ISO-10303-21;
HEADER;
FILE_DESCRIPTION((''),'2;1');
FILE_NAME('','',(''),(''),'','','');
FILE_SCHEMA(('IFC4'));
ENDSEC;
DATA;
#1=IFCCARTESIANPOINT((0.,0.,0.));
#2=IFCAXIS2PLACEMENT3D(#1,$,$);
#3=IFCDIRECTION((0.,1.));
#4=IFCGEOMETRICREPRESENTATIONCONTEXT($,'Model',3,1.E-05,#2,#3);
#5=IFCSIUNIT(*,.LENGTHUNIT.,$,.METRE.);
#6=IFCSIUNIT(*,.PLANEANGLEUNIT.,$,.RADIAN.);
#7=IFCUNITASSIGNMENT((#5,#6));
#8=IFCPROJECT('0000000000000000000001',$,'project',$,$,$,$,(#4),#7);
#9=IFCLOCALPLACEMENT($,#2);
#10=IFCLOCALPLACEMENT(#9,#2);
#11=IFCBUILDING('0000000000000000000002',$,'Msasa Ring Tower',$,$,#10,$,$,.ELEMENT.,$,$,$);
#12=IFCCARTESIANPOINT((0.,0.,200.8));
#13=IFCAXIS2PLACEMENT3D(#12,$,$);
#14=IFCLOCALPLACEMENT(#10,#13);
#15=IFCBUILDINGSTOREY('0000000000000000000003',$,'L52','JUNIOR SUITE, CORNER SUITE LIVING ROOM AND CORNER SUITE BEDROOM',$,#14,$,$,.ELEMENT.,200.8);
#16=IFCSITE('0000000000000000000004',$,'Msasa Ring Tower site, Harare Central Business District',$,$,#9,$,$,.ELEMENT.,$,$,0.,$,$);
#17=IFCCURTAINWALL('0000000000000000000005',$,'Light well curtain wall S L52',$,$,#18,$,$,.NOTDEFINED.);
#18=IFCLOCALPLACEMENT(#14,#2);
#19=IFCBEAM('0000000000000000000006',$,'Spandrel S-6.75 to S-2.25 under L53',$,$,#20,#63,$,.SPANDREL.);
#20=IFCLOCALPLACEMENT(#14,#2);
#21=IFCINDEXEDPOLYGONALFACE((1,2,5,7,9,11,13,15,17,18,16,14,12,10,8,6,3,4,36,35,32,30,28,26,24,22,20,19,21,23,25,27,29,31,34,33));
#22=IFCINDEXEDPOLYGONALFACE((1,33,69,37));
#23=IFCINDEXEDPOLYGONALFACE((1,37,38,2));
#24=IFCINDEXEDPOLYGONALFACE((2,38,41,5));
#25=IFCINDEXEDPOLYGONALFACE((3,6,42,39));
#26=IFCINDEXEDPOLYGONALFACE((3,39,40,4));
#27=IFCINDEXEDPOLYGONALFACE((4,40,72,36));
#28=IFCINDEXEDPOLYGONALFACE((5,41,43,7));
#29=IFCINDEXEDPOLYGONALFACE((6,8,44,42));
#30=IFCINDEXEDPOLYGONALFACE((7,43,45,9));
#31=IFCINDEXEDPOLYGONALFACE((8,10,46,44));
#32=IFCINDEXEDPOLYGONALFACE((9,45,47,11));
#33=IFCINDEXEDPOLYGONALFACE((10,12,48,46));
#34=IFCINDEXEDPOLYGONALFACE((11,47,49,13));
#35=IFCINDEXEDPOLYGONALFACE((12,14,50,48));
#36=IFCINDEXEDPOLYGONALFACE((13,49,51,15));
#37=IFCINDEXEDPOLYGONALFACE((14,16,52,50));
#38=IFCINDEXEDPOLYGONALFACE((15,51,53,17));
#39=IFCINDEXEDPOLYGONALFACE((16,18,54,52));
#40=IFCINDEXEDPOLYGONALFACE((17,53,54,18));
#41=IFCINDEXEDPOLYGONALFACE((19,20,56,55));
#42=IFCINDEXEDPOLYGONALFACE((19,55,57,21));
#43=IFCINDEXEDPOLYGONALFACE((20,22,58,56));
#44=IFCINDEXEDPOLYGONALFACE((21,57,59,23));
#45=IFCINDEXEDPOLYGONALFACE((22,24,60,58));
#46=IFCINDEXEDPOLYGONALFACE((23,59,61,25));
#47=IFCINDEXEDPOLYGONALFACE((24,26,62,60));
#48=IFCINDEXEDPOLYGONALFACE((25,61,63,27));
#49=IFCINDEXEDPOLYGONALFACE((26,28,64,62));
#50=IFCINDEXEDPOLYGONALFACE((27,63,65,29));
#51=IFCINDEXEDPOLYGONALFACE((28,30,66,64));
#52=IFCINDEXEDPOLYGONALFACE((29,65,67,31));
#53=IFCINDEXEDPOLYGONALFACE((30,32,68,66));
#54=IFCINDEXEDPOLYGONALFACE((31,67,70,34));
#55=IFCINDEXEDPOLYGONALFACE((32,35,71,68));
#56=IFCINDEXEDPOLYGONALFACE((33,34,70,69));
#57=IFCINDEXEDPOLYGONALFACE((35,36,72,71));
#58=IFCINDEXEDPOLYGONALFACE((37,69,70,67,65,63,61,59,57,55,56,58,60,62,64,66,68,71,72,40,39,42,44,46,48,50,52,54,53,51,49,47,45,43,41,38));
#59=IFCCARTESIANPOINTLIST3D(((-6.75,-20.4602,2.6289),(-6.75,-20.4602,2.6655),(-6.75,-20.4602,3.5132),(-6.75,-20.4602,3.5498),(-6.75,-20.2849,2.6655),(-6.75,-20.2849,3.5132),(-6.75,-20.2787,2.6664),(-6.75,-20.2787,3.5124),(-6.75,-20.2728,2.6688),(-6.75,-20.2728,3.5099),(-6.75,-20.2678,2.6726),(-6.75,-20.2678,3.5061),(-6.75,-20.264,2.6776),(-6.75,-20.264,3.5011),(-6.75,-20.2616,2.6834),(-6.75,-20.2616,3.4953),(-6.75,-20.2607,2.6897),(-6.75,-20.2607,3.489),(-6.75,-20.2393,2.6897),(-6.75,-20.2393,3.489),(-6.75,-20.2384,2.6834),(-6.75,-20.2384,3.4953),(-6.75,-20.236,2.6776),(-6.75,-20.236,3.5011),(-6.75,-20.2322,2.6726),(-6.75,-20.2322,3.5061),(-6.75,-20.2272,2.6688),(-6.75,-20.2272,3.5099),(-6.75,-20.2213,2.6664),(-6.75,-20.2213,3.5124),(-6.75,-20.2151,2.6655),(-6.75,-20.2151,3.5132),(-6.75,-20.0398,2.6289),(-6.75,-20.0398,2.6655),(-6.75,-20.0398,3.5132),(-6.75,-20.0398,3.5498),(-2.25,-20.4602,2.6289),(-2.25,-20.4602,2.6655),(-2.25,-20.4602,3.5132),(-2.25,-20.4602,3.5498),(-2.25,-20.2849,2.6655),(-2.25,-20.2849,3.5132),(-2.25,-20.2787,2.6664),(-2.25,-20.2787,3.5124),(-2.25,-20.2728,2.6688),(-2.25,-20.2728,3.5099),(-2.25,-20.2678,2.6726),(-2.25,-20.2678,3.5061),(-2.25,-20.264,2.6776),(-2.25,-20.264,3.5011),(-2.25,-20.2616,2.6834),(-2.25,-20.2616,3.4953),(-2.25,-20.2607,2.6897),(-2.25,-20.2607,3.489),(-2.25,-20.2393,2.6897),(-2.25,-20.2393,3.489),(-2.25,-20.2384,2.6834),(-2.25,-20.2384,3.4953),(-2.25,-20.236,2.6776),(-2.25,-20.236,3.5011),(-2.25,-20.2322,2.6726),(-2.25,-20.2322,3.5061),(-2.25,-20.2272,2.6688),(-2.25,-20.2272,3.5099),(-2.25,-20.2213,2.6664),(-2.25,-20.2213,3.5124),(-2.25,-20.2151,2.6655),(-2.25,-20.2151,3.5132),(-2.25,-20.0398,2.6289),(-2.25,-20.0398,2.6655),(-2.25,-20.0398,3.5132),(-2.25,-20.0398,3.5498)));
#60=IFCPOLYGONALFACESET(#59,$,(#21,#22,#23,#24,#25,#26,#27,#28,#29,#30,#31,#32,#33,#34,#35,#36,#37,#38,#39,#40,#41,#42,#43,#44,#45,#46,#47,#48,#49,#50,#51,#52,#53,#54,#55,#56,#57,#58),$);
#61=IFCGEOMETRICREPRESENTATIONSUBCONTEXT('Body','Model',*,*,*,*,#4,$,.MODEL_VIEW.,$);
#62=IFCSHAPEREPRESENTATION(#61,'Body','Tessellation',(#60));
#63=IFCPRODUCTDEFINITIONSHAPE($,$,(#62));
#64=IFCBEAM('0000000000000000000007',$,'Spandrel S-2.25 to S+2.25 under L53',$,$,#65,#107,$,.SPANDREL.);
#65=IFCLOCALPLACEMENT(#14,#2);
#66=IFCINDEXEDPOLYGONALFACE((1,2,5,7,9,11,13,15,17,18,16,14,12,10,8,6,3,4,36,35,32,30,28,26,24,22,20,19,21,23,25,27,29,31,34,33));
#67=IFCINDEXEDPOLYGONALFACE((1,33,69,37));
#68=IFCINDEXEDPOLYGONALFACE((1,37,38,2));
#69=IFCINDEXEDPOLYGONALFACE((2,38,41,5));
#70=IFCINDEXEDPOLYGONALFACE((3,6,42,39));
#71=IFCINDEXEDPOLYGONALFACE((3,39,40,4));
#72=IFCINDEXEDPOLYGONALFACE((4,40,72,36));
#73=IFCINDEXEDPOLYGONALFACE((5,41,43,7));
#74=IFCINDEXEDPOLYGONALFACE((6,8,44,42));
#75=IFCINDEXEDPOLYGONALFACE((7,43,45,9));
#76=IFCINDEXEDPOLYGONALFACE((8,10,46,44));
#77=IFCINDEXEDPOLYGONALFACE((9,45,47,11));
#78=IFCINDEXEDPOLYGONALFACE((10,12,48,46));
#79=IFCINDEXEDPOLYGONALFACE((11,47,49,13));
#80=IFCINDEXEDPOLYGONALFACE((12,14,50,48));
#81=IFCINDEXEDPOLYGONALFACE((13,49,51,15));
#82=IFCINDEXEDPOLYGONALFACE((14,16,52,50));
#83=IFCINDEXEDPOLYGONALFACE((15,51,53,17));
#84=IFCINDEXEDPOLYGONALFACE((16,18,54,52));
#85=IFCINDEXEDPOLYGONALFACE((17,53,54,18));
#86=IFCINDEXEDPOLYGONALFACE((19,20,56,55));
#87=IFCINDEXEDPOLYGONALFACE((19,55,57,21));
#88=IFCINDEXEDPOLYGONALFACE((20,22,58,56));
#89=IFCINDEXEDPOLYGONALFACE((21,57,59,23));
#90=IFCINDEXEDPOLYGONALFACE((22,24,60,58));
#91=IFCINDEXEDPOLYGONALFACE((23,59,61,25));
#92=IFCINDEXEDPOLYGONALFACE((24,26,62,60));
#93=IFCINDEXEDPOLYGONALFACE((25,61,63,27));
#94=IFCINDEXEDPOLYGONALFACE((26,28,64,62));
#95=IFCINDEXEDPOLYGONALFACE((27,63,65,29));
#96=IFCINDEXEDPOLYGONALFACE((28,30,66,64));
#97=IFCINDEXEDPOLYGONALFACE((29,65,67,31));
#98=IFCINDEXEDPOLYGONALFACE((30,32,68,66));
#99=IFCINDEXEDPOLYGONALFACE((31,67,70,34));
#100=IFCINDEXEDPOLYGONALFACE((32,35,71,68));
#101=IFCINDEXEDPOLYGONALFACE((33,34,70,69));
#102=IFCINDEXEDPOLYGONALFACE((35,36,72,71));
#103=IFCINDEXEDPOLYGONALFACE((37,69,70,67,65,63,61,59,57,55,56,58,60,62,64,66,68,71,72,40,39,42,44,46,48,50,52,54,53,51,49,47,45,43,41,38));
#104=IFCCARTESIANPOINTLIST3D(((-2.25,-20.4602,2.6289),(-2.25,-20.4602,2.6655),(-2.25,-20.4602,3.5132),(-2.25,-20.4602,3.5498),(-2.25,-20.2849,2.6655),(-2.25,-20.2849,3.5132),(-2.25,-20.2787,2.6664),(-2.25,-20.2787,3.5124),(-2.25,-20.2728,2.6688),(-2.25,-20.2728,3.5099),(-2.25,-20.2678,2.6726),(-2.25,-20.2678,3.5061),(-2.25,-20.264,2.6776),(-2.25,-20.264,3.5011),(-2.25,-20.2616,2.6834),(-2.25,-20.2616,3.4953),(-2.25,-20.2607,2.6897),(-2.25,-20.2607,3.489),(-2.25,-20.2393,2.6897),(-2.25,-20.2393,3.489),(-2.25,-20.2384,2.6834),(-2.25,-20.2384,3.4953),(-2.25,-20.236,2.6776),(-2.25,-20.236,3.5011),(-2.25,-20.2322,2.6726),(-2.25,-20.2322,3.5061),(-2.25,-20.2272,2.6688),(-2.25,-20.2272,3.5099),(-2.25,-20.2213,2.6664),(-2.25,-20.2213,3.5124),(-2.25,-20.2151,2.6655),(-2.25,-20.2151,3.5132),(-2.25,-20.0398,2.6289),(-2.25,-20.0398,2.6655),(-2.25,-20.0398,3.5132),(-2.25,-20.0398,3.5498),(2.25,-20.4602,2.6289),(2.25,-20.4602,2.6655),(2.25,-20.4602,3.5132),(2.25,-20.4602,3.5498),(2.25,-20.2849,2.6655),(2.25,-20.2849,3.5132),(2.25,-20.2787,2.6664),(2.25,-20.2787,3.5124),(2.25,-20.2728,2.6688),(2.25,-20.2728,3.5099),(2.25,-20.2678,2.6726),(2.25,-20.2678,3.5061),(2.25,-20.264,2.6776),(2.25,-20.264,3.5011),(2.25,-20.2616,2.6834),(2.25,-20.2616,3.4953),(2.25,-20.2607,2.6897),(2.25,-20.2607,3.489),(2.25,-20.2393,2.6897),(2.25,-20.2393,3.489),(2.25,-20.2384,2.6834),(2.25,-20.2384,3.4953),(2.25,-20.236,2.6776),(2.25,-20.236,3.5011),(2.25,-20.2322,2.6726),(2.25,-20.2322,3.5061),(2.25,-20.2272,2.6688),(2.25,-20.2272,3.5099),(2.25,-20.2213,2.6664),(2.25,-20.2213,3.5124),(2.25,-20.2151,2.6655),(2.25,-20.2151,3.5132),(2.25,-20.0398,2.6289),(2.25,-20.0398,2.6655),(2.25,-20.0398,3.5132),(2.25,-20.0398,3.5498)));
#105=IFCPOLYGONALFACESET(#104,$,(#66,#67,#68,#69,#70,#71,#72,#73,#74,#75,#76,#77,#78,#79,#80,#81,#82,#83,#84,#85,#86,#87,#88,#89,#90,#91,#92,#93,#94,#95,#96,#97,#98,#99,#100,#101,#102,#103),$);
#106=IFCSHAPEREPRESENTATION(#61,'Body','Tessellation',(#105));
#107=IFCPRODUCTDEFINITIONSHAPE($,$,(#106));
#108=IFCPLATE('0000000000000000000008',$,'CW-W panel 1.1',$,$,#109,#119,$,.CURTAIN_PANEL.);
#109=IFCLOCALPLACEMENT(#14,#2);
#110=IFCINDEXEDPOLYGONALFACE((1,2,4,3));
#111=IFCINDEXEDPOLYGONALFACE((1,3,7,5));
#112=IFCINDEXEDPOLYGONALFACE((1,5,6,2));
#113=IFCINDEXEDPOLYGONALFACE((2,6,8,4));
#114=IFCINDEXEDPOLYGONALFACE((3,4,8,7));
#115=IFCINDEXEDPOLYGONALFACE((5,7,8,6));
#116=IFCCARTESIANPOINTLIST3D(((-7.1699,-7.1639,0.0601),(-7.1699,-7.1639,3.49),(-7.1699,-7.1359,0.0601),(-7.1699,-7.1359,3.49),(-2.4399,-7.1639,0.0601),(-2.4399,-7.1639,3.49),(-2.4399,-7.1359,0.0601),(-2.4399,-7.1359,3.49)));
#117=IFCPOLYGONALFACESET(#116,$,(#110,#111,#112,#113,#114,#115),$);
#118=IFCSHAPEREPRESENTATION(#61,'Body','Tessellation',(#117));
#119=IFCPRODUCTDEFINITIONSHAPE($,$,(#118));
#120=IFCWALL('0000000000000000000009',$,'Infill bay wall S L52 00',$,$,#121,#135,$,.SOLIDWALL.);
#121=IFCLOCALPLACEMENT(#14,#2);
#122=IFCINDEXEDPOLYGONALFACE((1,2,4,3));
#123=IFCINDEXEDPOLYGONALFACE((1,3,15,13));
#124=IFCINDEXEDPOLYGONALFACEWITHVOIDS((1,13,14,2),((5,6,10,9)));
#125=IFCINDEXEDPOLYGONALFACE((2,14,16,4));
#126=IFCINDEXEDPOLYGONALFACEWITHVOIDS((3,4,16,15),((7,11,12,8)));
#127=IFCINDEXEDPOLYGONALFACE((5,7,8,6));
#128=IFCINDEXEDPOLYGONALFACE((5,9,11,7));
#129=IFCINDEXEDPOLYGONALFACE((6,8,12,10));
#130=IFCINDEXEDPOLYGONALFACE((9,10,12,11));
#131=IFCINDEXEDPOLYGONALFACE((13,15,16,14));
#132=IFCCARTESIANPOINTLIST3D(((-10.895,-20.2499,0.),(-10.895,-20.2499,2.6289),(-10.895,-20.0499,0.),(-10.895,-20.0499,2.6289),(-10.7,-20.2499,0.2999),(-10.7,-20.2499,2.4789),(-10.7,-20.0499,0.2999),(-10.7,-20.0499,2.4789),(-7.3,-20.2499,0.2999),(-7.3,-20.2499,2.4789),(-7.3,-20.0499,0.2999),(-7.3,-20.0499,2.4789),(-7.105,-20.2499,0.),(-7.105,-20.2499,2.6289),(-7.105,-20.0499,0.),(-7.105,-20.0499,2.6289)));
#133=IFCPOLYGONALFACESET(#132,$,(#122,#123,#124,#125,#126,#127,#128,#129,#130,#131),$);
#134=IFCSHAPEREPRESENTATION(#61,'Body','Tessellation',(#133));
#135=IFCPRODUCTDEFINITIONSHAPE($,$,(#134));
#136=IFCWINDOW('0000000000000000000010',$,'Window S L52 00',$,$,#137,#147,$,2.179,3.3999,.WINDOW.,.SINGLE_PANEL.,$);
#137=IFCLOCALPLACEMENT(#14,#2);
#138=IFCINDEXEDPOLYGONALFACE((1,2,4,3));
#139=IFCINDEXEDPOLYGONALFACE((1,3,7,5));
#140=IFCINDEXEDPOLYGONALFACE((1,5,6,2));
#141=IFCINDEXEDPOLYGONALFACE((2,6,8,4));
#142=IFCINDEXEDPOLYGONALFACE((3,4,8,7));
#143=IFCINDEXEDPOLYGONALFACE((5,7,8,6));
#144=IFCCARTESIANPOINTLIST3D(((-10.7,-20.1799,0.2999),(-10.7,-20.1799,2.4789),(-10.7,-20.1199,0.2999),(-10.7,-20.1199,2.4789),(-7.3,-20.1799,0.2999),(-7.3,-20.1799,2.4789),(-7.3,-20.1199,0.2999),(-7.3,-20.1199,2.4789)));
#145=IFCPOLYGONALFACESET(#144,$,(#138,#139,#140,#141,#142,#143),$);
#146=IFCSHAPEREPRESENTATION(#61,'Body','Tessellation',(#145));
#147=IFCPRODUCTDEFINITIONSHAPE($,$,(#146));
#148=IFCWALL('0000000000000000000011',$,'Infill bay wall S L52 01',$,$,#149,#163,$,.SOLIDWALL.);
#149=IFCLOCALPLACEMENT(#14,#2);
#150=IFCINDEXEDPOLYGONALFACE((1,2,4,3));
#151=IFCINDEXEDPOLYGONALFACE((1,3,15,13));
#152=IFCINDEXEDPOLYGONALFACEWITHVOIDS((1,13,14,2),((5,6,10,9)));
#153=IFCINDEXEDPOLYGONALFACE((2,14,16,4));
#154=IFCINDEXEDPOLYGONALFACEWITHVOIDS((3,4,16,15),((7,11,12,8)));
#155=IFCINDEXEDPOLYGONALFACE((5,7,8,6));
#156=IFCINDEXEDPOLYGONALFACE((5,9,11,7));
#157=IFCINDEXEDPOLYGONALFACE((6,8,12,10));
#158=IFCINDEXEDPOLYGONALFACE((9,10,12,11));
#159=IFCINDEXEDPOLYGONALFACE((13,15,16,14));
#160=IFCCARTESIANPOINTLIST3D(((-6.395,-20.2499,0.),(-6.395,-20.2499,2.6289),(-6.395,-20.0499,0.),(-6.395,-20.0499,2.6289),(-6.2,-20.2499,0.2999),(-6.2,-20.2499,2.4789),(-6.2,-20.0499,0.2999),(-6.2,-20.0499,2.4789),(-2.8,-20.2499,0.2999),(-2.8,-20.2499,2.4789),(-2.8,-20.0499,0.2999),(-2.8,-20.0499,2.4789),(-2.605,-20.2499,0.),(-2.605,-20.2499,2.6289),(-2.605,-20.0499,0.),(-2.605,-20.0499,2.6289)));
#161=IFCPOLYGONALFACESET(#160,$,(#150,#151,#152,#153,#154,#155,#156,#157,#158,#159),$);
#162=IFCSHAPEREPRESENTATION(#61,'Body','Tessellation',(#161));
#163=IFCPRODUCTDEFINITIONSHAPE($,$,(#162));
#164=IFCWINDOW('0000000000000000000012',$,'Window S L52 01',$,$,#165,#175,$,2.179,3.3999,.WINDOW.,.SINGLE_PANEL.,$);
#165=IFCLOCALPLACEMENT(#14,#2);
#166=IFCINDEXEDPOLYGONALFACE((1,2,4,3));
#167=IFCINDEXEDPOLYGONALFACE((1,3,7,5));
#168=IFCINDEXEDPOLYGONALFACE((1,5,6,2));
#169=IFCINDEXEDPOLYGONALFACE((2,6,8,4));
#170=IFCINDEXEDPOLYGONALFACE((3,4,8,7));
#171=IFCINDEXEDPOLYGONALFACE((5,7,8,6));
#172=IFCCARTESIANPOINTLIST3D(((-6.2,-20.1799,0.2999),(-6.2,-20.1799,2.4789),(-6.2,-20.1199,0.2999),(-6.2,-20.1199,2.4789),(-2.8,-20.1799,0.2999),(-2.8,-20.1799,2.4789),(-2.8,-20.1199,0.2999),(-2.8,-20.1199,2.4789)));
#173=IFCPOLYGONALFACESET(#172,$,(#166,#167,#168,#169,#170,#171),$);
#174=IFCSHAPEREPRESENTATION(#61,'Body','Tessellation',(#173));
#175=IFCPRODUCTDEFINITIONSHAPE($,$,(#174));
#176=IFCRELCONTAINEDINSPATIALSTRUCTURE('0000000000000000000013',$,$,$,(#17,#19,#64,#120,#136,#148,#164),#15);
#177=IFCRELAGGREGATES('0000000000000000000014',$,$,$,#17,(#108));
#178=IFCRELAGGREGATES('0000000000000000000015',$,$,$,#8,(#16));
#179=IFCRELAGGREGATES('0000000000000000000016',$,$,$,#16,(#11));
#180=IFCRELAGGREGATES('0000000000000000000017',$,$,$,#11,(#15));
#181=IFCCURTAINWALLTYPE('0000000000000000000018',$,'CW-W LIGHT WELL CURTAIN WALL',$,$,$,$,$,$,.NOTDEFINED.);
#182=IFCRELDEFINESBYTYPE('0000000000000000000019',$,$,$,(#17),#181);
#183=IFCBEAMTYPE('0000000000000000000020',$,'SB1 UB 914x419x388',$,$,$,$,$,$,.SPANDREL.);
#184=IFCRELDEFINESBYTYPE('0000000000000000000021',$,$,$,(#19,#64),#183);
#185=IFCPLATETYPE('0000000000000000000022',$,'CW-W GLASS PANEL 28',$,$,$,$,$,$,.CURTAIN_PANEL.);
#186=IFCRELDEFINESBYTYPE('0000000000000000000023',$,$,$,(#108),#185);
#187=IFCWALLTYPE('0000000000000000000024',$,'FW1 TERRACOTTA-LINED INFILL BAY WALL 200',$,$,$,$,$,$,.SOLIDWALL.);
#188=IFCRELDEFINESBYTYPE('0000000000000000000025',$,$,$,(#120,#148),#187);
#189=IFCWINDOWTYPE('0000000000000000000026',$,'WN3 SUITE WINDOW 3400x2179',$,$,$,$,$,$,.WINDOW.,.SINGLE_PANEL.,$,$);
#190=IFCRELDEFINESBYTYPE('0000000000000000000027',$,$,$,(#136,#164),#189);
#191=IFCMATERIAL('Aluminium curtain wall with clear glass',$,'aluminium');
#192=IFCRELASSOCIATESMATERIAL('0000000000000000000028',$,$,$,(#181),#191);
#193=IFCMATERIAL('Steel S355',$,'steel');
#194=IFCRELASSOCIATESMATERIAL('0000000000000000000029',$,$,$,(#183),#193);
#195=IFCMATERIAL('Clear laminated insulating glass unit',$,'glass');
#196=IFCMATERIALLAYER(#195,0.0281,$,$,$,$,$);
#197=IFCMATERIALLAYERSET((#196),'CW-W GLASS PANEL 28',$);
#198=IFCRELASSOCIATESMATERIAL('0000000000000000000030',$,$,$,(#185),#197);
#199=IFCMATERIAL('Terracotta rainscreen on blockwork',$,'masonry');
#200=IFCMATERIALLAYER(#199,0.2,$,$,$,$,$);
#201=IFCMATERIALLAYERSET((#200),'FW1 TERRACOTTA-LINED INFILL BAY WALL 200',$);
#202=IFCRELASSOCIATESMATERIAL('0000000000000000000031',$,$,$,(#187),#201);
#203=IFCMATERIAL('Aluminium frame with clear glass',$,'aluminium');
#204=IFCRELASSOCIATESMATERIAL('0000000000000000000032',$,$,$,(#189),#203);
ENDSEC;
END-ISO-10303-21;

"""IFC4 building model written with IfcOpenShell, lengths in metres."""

from ifc_helpers import new_model, si_unit, direction, frame, frame_2d, origin, origin_2d, place, context, subcontext, project, spatial, rectangle, i_section, extrude, material, layer, layer_set, material_profile, profile_set, type_object, element, fill, aggregate, save


model = new_model("IFC4")

# Units and contexts
model_context = context("Model", 3, precision=1e-05, world=origin(), true_north=direction((0.0, 1.0)))
body_context = subcontext(model_context, "Body", "Model", "MODEL_VIEW")
ifc_project = project(units=[si_unit("LENGTHUNIT", "METRE"), si_unit("PLANEANGLEUNIT", "RADIAN")], contexts=[model_context])

# Site, building, storey
site_placement = place(None, origin())
site = spatial("IfcSite", under=ifc_project, at=site_placement, Name="Msasa Ring Tower site, Harare Central Business District", CompositionType="ELEMENT", RefElevation=0.0)
building_placement = place(site_placement, origin())
building = spatial("IfcBuilding", under=site, at=building_placement, Name="Msasa Ring Tower", CompositionType="ELEMENT")
storey_placement = place(building_placement, frame((0.0, 0.0, 200.8)))
storey = spatial("IfcBuildingStorey", under=building, at=storey_placement, Name="L52", Description="JUNIOR SUITE, CORNER SUITE LIVING ROOM AND CORNER SUITE BEDROOM", CompositionType="ELEMENT", Elevation=200.8)

# Curtain wall
ifc_material_1 = material(Name="Aluminium curtain wall with clear glass", Category="aluminium")
curtain_wall_type = type_object("IfcCurtainWallType", Name="CW-W LIGHT WELL CURTAIN WALL", PredefinedType="NOTDEFINED", material=ifc_material_1)
curtain_wall_placement = place(storey_placement, origin())
curtain_wall = element("IfcCurtainWall", 1, at=curtain_wall_placement, inside=storey, type_object=curtain_wall_type, Name="Light well curtain wall S L52", PredefinedType="NOTDEFINED")

# Beams
ifc_material_2 = material(Name="Steel S355", Category="steel")
ifc_material_profile_1 = material_profile(ifc_material_2, i_section(OverallWidth=0.4204, OverallDepth=0.9209, WebThickness=0.0215, FlangeThickness=0.0366, FilletRadius=0.0242, at=origin_2d()), Name="UB 914x419x388")
ifc_profile_set_1 = profile_set([ifc_material_profile_1], Name="Steel S355")
beam_type_1 = type_object("IfcBeamType", Name="SB1 UB 914x419x388", PredefinedType="SPANDREL", material=ifc_profile_set_1)
for number, where, z_axis, x_axis, name in (
    (2, (-6.75, -20.25, 3.0894), (1.0, 0.0, 0.0), (0.0, 1.0, 0.0), "Spandrel S-6.75 to S-2.25 under L53"),
    (3, (-2.25, -20.25, 3.0894), (1.0, 0.0, 0.0), (0.0, 1.0, 0.0), "Spandrel S-2.25 to S+2.25 under L53"),
):
    element("IfcBeam", number, at=place(storey_placement, frame(where, z_axis=z_axis, x_axis=x_axis)), inside=storey, type_object=beam_type_1, Name=name, PredefinedType="SPANDREL", context=body_context, shape_type="SweptSolid", body=[
        extrude(i_section(OverallWidth=0.4204, OverallDepth=0.9209, WebThickness=0.0215, FlangeThickness=0.0366, FilletRadius=0.0242, at=origin_2d()), origin(), (0.0, 0.0, 1.0), 4.5),
    ])

# Plate
ifc_material_3 = material(Name="Clear laminated insulating glass unit", Category="glass")
ifc_layer_1 = layer(ifc_material_3, 0.0281)
ifc_layer_set_1 = layer_set([ifc_layer_1], Name="CW-W GLASS PANEL 28")
plate_type = type_object("IfcPlateType", Name="CW-W GLASS PANEL 28", PredefinedType="CURTAIN_PANEL", material=ifc_layer_set_1)
plate_placement = place(storey_placement, frame((-4.8049, -7.1499, 0.0601), z_axis=(0.0, 0.0, 1.0), x_axis=(1.0, 0.0, 0.0)))
plate = element("IfcPlate", 4, at=plate_placement, type_object=plate_type, Name="CW-W panel 1.1", PredefinedType="CURTAIN_PANEL", context=body_context, shape_type="SweptSolid", body=[
    extrude(rectangle(XDim=4.73, YDim=0.0281, at=origin_2d()), origin(), (0.0, 0.0, 1.0), 3.4299),
])
aggregate(curtain_wall, [plate])

# Walls, openings, windows
ifc_material_4 = material(Name="Terracotta rainscreen on blockwork", Category="masonry")
ifc_layer_2 = layer(ifc_material_4, 0.2)
ifc_layer_set_2 = layer_set([ifc_layer_2], Name="FW1 TERRACOTTA-LINED INFILL BAY WALL 200")
wall_type_1 = type_object("IfcWallType", Name="FW1 TERRACOTTA-LINED INFILL BAY WALL 200", PredefinedType="SOLIDWALL", material=ifc_layer_set_2)
wall_1_placement = place(storey_placement, frame((-10.895, -20.1499, 0.0), z_axis=(0.0, 0.0, 1.0), x_axis=(1.0, 0.0, 0.0)))
wall_1 = element("IfcWall", 5, at=wall_1_placement, inside=storey, type_object=wall_type_1, Name="Infill bay wall S L52 00", PredefinedType="SOLIDWALL", context=body_context, shape_type="SweptSolid", body=[
    extrude(rectangle(XDim=3.79, YDim=0.2, at=frame_2d((1.895, 0.0))), origin(), (0.0, 0.0, 1.0), 2.6289),
])
opening_1_placement = place(wall_1_placement, frame((0.1951, 0.0, 0.3)))
opening_1 = element("IfcOpeningElement", 6, at=opening_1_placement, cuts=wall_1, PredefinedType="OPENING", context=body_context, shape_type="SweptSolid", body=[
    extrude(rectangle(XDim=3.3999, YDim=2.179, at=frame_2d((1.7, 1.0894))), frame((0.0, 0.1099, 0.0), z_axis=(0.0, -1.0, 0.0), x_axis=(1.0, 0.0, 0.0)), (0.0, 0.0, 1.0), 0.22),
])
ifc_material_5 = material(Name="Aluminium frame with clear glass", Category="aluminium")
window_type = type_object("IfcWindowType", Name="WN3 SUITE WINDOW 3400x2179", PartitioningType="SINGLE_PANEL", PredefinedType="WINDOW", material=ifc_material_5)
window_1_placement = place(opening_1_placement, origin())
window_1 = element("IfcWindow", 7, at=window_1_placement, inside=storey, type_object=window_type, Name="Window S L52 00", OverallHeight=2.179, OverallWidth=3.3999, PartitioningType="SINGLE_PANEL", PredefinedType="WINDOW", context=body_context, shape_type="SweptSolid", body=[
    extrude(rectangle(XDim=3.3999, YDim=2.179, at=frame_2d((1.7, 1.0894))), frame((0.0, 0.03, 0.0), z_axis=(0.0, -1.0, 0.0), x_axis=(1.0, 0.0, 0.0)), (0.0, 0.0, 1.0), 0.0601),
])
fill(opening_1, window_1)
wall_2_placement = place(storey_placement, frame((-6.395, -20.1499, 0.0), z_axis=(0.0, 0.0, 1.0), x_axis=(1.0, 0.0, 0.0)))
wall_2 = element("IfcWall", 8, at=wall_2_placement, inside=storey, type_object=wall_type_1, Name="Infill bay wall S L52 01", PredefinedType="SOLIDWALL", context=body_context, shape_type="SweptSolid", body=[
    extrude(rectangle(XDim=3.79, YDim=0.2, at=frame_2d((1.895, 0.0))), origin(), (0.0, 0.0, 1.0), 2.6289),
])
opening_2_placement = place(wall_2_placement, frame((0.1951, 0.0, 0.3)))
opening_2 = element("IfcOpeningElement", 9, at=opening_2_placement, cuts=wall_2, PredefinedType="OPENING", context=body_context, shape_type="SweptSolid", body=[
    extrude(rectangle(XDim=3.3999, YDim=2.179, at=frame_2d((1.7, 1.0894))), frame((0.0, 0.1099, 0.0), z_axis=(0.0, -1.0, 0.0), x_axis=(1.0, 0.0, 0.0)), (0.0, 0.0, 1.0), 0.22),
])
window_2_placement = place(opening_2_placement, origin())
window_2 = element("IfcWindow", 10, at=window_2_placement, inside=storey, type_object=window_type, Name="Window S L52 01", OverallHeight=2.179, OverallWidth=3.3999, PartitioningType="SINGLE_PANEL", PredefinedType="WINDOW", context=body_context, shape_type="SweptSolid", body=[
    extrude(rectangle(XDim=3.3999, YDim=2.179, at=frame_2d((1.7, 1.0894))), frame((0.0, 0.03, 0.0), z_axis=(0.0, -1.0, 0.0), x_axis=(1.0, 0.0, 0.0)), (0.0, 0.0, 1.0), 0.0601),
])
fill(opening_2, window_2)

save(model, "model.ifc")
